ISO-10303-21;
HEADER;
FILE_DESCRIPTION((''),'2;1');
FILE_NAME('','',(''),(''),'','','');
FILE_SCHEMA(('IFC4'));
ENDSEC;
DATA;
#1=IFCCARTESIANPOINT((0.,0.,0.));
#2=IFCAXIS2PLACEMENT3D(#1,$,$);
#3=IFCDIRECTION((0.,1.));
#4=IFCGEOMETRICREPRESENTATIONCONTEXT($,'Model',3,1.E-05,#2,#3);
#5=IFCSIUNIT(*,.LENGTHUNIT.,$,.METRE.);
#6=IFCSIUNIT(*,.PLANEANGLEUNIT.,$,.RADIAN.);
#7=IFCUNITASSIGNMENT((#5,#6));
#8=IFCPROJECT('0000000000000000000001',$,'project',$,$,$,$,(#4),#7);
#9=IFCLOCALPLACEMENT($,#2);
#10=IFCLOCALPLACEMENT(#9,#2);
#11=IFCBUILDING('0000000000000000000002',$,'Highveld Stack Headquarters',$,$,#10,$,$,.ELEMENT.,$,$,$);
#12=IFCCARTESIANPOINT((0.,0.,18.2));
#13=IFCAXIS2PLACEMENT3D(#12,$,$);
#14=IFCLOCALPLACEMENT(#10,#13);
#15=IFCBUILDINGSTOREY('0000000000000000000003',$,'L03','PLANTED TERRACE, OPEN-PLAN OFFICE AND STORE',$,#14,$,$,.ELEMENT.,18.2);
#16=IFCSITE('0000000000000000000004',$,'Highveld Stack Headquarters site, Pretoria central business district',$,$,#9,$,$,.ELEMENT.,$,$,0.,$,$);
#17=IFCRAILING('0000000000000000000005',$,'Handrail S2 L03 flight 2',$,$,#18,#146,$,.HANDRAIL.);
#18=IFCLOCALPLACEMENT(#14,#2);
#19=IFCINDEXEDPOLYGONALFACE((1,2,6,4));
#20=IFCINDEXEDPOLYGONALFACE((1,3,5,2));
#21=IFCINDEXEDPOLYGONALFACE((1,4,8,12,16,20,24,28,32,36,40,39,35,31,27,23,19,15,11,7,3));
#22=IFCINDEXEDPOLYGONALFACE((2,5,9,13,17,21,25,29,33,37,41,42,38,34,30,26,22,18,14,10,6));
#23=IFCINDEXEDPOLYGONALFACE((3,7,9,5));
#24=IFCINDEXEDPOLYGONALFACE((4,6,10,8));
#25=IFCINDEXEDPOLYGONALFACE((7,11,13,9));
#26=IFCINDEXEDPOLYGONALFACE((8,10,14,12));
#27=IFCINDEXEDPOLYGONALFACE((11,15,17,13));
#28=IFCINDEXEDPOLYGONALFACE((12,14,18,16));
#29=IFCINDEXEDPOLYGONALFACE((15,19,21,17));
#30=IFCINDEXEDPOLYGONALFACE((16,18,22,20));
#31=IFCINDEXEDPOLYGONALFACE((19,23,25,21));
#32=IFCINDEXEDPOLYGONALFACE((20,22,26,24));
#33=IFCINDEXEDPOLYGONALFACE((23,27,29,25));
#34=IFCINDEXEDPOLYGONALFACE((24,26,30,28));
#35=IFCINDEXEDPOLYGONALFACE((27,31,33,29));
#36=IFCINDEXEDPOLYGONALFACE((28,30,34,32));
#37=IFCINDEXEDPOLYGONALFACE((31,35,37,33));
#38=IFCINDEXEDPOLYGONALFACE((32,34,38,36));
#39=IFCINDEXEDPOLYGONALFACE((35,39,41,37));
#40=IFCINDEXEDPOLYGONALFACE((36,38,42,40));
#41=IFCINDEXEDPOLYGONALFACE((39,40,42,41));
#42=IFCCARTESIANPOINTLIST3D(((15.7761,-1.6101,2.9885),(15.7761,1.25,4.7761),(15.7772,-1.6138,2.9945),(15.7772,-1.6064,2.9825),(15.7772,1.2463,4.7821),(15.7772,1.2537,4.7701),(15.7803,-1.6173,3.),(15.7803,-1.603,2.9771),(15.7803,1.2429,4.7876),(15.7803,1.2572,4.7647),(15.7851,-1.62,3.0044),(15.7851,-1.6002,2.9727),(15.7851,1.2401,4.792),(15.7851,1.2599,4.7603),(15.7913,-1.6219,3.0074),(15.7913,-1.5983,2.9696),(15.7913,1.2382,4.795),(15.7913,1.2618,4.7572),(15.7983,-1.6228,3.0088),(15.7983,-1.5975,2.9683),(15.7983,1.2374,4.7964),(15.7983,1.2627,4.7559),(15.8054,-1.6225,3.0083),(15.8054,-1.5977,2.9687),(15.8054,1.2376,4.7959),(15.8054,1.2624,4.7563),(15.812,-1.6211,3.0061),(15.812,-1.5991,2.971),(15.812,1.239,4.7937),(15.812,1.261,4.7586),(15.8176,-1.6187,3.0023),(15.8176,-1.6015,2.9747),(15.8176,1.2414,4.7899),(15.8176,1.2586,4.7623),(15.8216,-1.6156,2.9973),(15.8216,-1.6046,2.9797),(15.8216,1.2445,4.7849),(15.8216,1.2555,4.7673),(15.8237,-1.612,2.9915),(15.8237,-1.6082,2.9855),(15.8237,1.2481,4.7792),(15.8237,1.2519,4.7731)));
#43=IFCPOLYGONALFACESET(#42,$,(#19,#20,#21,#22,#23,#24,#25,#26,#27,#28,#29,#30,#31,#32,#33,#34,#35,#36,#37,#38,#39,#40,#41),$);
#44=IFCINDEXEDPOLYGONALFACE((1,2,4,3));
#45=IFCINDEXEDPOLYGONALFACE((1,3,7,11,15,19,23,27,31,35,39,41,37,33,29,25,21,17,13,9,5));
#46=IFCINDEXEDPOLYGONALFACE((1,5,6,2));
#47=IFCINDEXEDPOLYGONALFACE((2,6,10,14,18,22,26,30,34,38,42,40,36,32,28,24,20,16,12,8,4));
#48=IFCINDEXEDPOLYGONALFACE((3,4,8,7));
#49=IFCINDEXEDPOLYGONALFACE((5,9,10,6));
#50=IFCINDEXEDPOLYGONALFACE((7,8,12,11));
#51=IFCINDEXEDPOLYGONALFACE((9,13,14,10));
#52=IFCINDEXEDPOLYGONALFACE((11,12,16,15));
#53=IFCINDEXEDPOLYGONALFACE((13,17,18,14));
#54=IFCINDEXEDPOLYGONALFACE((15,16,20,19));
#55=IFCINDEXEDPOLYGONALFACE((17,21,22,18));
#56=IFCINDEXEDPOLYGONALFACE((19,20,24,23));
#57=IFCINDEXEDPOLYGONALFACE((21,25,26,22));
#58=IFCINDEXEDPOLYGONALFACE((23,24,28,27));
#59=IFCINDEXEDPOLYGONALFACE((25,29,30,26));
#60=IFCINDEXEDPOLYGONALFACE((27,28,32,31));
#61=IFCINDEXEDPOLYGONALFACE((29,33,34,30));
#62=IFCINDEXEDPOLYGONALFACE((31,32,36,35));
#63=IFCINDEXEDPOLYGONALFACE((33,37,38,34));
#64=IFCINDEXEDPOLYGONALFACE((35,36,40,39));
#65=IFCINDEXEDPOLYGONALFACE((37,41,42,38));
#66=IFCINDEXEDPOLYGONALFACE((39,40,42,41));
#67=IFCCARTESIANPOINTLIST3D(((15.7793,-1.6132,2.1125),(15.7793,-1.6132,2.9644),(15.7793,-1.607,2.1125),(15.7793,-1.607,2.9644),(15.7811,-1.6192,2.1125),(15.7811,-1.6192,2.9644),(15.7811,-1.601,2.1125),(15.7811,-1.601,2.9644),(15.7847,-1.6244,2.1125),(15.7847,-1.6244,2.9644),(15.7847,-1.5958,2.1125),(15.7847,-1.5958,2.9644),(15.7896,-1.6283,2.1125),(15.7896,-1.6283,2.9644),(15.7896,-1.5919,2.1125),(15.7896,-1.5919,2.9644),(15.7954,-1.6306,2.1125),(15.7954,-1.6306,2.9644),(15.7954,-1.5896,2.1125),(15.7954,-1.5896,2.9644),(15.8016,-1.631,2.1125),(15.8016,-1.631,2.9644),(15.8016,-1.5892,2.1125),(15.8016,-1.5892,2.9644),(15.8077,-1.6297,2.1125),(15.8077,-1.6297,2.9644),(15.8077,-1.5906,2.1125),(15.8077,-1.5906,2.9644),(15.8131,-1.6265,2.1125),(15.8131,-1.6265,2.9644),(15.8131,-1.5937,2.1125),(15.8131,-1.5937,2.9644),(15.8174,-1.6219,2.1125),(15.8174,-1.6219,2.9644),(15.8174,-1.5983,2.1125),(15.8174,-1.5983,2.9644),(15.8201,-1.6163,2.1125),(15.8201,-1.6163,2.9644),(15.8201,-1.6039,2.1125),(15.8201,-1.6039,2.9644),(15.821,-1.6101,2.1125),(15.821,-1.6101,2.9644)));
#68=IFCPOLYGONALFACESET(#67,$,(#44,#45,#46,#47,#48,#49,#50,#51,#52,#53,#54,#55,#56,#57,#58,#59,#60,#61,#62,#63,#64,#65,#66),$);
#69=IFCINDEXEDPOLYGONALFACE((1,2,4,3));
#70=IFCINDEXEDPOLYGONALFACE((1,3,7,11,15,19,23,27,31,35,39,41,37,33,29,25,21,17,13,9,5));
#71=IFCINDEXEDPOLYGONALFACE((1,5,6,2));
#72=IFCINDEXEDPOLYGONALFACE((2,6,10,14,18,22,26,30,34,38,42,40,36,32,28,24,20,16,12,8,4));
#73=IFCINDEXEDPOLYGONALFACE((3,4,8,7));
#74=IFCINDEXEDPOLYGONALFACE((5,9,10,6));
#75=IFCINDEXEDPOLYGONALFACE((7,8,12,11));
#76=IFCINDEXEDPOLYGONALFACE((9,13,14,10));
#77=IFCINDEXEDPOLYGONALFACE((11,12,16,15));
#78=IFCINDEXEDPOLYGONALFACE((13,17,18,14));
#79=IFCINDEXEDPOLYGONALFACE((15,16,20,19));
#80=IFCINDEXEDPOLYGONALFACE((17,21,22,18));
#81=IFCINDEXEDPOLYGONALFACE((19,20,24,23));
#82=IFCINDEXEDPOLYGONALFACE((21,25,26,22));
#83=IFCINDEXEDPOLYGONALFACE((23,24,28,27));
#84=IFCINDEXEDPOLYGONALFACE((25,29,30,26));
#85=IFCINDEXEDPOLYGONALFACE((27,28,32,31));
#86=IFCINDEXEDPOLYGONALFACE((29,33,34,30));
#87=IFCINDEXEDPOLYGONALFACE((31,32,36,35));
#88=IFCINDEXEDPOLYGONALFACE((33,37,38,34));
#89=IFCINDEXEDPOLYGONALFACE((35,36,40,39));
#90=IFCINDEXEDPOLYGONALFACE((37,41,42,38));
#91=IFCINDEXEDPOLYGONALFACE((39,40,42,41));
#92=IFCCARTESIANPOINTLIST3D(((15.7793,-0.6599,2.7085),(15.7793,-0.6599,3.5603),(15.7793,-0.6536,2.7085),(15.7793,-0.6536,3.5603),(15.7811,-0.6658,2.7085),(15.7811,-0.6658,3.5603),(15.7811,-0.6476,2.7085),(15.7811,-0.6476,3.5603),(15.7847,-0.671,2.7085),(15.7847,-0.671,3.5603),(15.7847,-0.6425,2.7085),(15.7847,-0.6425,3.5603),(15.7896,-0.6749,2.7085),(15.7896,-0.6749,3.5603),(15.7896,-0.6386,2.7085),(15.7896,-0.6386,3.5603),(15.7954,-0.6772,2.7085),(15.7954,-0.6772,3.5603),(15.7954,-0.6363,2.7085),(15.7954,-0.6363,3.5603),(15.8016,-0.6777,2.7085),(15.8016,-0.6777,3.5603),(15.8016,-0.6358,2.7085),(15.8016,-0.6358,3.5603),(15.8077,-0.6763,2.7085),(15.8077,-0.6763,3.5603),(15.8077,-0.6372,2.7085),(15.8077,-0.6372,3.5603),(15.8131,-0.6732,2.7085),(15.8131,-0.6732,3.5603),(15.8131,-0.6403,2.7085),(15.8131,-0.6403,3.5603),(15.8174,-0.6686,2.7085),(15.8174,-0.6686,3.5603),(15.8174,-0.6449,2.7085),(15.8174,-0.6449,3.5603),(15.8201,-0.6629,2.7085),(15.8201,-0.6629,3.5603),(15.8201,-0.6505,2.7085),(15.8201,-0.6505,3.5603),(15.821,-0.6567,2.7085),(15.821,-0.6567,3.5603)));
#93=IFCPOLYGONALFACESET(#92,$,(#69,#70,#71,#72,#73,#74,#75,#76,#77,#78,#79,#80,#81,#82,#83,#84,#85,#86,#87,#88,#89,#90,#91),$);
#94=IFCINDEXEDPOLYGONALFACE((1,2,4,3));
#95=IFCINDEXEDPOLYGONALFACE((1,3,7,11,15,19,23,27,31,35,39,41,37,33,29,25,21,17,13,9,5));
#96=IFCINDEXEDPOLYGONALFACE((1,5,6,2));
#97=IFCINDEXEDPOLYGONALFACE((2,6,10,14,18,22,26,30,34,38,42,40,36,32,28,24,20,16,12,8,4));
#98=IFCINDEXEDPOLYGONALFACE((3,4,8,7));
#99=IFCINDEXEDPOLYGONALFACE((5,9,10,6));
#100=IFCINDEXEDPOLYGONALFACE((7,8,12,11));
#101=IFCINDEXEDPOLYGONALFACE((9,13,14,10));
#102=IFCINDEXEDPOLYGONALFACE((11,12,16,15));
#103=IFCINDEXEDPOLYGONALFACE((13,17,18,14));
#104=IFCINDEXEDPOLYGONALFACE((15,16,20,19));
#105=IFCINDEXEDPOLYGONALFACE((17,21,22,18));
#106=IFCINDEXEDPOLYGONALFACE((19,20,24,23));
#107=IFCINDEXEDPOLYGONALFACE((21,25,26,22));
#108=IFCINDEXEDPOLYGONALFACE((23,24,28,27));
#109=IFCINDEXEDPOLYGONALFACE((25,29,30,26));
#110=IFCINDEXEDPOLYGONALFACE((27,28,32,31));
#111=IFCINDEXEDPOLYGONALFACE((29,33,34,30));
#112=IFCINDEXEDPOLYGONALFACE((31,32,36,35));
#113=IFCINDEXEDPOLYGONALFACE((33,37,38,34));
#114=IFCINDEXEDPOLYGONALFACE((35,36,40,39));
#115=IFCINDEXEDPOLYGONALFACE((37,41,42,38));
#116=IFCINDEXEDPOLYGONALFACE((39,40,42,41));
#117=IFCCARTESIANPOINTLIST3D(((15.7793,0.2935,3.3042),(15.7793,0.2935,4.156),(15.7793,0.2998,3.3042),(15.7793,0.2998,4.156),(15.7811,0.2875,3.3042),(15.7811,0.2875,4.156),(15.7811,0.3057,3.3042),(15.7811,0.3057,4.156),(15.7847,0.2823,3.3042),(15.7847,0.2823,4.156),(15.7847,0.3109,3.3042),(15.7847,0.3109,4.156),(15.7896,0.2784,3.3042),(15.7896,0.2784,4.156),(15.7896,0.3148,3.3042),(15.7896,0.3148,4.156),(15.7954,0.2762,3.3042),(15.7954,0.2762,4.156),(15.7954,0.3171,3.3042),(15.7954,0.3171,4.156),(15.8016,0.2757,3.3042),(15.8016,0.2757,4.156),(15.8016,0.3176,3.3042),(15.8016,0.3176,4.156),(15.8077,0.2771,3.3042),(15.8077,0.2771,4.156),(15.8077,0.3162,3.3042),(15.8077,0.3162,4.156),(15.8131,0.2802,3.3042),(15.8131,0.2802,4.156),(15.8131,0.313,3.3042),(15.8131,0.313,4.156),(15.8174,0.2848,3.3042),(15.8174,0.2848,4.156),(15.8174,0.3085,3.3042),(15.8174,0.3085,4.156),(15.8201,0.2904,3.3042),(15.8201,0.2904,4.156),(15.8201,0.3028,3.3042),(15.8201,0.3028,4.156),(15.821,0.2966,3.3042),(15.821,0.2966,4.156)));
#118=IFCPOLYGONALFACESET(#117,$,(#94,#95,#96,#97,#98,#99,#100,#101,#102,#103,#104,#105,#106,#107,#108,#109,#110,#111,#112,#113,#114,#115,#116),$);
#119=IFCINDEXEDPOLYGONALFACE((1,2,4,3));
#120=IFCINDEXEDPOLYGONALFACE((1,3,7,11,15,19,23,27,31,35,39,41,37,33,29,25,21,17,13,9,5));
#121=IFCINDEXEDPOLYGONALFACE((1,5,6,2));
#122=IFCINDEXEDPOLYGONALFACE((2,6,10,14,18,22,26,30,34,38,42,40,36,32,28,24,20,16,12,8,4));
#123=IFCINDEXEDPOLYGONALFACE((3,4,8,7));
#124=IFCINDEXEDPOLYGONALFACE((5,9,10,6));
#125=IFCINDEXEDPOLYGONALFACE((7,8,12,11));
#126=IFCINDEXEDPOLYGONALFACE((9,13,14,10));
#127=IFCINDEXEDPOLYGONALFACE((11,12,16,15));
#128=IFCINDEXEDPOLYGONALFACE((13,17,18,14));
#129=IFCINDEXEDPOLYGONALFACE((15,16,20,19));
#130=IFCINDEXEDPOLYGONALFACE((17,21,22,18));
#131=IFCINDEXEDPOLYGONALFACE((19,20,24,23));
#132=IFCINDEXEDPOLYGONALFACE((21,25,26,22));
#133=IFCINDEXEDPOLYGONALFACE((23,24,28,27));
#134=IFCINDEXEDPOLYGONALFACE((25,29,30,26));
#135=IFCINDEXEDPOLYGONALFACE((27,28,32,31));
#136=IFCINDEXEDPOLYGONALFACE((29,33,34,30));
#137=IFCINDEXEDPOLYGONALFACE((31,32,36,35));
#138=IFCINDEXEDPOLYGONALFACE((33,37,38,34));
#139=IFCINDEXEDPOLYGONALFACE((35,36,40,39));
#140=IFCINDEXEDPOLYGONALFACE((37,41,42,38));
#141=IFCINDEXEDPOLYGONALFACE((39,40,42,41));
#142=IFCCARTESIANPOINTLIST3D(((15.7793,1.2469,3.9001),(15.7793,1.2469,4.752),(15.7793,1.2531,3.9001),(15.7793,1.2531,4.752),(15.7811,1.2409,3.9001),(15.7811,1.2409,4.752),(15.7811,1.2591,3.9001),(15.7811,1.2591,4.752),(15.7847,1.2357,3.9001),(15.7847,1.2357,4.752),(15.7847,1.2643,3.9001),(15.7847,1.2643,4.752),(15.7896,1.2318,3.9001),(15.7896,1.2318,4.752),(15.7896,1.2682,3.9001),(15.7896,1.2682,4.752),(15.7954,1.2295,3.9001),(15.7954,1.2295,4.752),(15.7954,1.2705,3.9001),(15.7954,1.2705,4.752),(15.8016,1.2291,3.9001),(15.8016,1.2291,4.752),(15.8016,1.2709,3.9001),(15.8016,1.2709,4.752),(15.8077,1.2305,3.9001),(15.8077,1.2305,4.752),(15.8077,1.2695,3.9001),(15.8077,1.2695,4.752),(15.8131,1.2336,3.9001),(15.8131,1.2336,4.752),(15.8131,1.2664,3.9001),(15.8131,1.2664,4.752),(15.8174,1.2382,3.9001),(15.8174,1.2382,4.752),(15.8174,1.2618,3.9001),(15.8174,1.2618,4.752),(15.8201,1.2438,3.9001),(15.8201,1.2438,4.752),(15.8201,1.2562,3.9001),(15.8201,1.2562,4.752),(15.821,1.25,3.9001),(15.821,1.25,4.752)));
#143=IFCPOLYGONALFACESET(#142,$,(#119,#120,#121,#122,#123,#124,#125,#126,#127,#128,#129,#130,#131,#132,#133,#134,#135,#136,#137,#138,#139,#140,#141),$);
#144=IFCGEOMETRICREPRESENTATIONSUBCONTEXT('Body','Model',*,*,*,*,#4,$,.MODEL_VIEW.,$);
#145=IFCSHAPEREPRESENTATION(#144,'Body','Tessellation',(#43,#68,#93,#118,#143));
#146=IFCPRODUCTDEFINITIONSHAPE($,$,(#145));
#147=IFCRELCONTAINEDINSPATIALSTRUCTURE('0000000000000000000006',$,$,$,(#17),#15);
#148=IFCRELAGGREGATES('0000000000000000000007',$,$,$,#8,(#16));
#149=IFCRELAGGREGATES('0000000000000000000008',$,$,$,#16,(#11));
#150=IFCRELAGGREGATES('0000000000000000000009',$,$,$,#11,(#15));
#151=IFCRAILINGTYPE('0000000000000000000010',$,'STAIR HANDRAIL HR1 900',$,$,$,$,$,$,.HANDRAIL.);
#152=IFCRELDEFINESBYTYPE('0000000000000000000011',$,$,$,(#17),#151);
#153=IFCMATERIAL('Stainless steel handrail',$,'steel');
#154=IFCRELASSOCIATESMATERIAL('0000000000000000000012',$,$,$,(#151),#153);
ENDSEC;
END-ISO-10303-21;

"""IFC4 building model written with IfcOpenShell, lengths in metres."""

from ifc_helpers import new_model, si_unit, direction, frame, origin, origin_2d, place, context, subcontext, project, spatial, circle, extrude, material, type_object, element, save


model = new_model("IFC4")

# Units and contexts
model_context = context("Model", 3, precision=1e-05, world=origin(), true_north=direction((0.0, 1.0)))
body_context = subcontext(model_context, "Body", "Model", "MODEL_VIEW")
ifc_project = project(units=[si_unit("LENGTHUNIT", "METRE"), si_unit("PLANEANGLEUNIT", "RADIAN")], contexts=[model_context])

# Site, building, storey
site_placement = place(None, origin())
site = spatial("IfcSite", under=ifc_project, at=site_placement, Name="Highveld Stack Headquarters site, Pretoria central business district", CompositionType="ELEMENT", RefElevation=0.0)
building_placement = place(site_placement, origin())
building = spatial("IfcBuilding", under=site, at=building_placement, Name="Highveld Stack Headquarters", CompositionType="ELEMENT")
storey_placement = place(building_placement, frame((0.0, 0.0, 18.2)))
storey = spatial("IfcBuildingStorey", under=building, at=storey_placement, Name="L03", Description="PLANTED TERRACE, OPEN-PLAN OFFICE AND STORE", CompositionType="ELEMENT", Elevation=18.2)

# Railing
ifc_material_1 = material(Name="Stainless steel handrail", Category="steel")
railing_type = type_object("IfcRailingType", Name="STAIR HANDRAIL HR1 900", PredefinedType="HANDRAIL", material=ifc_material_1)
for number, where, name in (
    (1, (15.8, -1.6101, 2.1125), "Handrail S2 L03 flight 2"),
):
    element("IfcRailing", number, at=place(storey_placement, frame(where)), inside=storey, type_object=railing_type, Name=name, PredefinedType="HANDRAIL", context=body_context, shape_type="SweptSolid", body=[
        extrude(circle(Radius=0.0239, at=origin_2d()), frame((0.0, 0.0, 0.876), z_axis=(0.0, 0.847994, 0.530005), x_axis=(-1.0, 0.0, 0.0)), (0.0, 0.0, 1.0), 3.3728),
        extrude(circle(Radius=0.021, at=origin_2d()), origin(), (0.0, 0.0, 1.0), 0.8518),
        extrude(circle(Radius=0.021, at=origin_2d()), frame((0.0, 0.9534, 0.5959)), (0.0, 0.0, 1.0), 0.8518),
        extrude(circle(Radius=0.021, at=origin_2d()), frame((0.0, 1.9067, 1.1917)), (0.0, 0.0, 1.0), 0.8518),
        extrude(circle(Radius=0.021, at=origin_2d()), frame((0.0, 2.8601, 1.7876)), (0.0, 0.0, 1.0), 0.8518),
    ])

save(model, "model.ifc")
